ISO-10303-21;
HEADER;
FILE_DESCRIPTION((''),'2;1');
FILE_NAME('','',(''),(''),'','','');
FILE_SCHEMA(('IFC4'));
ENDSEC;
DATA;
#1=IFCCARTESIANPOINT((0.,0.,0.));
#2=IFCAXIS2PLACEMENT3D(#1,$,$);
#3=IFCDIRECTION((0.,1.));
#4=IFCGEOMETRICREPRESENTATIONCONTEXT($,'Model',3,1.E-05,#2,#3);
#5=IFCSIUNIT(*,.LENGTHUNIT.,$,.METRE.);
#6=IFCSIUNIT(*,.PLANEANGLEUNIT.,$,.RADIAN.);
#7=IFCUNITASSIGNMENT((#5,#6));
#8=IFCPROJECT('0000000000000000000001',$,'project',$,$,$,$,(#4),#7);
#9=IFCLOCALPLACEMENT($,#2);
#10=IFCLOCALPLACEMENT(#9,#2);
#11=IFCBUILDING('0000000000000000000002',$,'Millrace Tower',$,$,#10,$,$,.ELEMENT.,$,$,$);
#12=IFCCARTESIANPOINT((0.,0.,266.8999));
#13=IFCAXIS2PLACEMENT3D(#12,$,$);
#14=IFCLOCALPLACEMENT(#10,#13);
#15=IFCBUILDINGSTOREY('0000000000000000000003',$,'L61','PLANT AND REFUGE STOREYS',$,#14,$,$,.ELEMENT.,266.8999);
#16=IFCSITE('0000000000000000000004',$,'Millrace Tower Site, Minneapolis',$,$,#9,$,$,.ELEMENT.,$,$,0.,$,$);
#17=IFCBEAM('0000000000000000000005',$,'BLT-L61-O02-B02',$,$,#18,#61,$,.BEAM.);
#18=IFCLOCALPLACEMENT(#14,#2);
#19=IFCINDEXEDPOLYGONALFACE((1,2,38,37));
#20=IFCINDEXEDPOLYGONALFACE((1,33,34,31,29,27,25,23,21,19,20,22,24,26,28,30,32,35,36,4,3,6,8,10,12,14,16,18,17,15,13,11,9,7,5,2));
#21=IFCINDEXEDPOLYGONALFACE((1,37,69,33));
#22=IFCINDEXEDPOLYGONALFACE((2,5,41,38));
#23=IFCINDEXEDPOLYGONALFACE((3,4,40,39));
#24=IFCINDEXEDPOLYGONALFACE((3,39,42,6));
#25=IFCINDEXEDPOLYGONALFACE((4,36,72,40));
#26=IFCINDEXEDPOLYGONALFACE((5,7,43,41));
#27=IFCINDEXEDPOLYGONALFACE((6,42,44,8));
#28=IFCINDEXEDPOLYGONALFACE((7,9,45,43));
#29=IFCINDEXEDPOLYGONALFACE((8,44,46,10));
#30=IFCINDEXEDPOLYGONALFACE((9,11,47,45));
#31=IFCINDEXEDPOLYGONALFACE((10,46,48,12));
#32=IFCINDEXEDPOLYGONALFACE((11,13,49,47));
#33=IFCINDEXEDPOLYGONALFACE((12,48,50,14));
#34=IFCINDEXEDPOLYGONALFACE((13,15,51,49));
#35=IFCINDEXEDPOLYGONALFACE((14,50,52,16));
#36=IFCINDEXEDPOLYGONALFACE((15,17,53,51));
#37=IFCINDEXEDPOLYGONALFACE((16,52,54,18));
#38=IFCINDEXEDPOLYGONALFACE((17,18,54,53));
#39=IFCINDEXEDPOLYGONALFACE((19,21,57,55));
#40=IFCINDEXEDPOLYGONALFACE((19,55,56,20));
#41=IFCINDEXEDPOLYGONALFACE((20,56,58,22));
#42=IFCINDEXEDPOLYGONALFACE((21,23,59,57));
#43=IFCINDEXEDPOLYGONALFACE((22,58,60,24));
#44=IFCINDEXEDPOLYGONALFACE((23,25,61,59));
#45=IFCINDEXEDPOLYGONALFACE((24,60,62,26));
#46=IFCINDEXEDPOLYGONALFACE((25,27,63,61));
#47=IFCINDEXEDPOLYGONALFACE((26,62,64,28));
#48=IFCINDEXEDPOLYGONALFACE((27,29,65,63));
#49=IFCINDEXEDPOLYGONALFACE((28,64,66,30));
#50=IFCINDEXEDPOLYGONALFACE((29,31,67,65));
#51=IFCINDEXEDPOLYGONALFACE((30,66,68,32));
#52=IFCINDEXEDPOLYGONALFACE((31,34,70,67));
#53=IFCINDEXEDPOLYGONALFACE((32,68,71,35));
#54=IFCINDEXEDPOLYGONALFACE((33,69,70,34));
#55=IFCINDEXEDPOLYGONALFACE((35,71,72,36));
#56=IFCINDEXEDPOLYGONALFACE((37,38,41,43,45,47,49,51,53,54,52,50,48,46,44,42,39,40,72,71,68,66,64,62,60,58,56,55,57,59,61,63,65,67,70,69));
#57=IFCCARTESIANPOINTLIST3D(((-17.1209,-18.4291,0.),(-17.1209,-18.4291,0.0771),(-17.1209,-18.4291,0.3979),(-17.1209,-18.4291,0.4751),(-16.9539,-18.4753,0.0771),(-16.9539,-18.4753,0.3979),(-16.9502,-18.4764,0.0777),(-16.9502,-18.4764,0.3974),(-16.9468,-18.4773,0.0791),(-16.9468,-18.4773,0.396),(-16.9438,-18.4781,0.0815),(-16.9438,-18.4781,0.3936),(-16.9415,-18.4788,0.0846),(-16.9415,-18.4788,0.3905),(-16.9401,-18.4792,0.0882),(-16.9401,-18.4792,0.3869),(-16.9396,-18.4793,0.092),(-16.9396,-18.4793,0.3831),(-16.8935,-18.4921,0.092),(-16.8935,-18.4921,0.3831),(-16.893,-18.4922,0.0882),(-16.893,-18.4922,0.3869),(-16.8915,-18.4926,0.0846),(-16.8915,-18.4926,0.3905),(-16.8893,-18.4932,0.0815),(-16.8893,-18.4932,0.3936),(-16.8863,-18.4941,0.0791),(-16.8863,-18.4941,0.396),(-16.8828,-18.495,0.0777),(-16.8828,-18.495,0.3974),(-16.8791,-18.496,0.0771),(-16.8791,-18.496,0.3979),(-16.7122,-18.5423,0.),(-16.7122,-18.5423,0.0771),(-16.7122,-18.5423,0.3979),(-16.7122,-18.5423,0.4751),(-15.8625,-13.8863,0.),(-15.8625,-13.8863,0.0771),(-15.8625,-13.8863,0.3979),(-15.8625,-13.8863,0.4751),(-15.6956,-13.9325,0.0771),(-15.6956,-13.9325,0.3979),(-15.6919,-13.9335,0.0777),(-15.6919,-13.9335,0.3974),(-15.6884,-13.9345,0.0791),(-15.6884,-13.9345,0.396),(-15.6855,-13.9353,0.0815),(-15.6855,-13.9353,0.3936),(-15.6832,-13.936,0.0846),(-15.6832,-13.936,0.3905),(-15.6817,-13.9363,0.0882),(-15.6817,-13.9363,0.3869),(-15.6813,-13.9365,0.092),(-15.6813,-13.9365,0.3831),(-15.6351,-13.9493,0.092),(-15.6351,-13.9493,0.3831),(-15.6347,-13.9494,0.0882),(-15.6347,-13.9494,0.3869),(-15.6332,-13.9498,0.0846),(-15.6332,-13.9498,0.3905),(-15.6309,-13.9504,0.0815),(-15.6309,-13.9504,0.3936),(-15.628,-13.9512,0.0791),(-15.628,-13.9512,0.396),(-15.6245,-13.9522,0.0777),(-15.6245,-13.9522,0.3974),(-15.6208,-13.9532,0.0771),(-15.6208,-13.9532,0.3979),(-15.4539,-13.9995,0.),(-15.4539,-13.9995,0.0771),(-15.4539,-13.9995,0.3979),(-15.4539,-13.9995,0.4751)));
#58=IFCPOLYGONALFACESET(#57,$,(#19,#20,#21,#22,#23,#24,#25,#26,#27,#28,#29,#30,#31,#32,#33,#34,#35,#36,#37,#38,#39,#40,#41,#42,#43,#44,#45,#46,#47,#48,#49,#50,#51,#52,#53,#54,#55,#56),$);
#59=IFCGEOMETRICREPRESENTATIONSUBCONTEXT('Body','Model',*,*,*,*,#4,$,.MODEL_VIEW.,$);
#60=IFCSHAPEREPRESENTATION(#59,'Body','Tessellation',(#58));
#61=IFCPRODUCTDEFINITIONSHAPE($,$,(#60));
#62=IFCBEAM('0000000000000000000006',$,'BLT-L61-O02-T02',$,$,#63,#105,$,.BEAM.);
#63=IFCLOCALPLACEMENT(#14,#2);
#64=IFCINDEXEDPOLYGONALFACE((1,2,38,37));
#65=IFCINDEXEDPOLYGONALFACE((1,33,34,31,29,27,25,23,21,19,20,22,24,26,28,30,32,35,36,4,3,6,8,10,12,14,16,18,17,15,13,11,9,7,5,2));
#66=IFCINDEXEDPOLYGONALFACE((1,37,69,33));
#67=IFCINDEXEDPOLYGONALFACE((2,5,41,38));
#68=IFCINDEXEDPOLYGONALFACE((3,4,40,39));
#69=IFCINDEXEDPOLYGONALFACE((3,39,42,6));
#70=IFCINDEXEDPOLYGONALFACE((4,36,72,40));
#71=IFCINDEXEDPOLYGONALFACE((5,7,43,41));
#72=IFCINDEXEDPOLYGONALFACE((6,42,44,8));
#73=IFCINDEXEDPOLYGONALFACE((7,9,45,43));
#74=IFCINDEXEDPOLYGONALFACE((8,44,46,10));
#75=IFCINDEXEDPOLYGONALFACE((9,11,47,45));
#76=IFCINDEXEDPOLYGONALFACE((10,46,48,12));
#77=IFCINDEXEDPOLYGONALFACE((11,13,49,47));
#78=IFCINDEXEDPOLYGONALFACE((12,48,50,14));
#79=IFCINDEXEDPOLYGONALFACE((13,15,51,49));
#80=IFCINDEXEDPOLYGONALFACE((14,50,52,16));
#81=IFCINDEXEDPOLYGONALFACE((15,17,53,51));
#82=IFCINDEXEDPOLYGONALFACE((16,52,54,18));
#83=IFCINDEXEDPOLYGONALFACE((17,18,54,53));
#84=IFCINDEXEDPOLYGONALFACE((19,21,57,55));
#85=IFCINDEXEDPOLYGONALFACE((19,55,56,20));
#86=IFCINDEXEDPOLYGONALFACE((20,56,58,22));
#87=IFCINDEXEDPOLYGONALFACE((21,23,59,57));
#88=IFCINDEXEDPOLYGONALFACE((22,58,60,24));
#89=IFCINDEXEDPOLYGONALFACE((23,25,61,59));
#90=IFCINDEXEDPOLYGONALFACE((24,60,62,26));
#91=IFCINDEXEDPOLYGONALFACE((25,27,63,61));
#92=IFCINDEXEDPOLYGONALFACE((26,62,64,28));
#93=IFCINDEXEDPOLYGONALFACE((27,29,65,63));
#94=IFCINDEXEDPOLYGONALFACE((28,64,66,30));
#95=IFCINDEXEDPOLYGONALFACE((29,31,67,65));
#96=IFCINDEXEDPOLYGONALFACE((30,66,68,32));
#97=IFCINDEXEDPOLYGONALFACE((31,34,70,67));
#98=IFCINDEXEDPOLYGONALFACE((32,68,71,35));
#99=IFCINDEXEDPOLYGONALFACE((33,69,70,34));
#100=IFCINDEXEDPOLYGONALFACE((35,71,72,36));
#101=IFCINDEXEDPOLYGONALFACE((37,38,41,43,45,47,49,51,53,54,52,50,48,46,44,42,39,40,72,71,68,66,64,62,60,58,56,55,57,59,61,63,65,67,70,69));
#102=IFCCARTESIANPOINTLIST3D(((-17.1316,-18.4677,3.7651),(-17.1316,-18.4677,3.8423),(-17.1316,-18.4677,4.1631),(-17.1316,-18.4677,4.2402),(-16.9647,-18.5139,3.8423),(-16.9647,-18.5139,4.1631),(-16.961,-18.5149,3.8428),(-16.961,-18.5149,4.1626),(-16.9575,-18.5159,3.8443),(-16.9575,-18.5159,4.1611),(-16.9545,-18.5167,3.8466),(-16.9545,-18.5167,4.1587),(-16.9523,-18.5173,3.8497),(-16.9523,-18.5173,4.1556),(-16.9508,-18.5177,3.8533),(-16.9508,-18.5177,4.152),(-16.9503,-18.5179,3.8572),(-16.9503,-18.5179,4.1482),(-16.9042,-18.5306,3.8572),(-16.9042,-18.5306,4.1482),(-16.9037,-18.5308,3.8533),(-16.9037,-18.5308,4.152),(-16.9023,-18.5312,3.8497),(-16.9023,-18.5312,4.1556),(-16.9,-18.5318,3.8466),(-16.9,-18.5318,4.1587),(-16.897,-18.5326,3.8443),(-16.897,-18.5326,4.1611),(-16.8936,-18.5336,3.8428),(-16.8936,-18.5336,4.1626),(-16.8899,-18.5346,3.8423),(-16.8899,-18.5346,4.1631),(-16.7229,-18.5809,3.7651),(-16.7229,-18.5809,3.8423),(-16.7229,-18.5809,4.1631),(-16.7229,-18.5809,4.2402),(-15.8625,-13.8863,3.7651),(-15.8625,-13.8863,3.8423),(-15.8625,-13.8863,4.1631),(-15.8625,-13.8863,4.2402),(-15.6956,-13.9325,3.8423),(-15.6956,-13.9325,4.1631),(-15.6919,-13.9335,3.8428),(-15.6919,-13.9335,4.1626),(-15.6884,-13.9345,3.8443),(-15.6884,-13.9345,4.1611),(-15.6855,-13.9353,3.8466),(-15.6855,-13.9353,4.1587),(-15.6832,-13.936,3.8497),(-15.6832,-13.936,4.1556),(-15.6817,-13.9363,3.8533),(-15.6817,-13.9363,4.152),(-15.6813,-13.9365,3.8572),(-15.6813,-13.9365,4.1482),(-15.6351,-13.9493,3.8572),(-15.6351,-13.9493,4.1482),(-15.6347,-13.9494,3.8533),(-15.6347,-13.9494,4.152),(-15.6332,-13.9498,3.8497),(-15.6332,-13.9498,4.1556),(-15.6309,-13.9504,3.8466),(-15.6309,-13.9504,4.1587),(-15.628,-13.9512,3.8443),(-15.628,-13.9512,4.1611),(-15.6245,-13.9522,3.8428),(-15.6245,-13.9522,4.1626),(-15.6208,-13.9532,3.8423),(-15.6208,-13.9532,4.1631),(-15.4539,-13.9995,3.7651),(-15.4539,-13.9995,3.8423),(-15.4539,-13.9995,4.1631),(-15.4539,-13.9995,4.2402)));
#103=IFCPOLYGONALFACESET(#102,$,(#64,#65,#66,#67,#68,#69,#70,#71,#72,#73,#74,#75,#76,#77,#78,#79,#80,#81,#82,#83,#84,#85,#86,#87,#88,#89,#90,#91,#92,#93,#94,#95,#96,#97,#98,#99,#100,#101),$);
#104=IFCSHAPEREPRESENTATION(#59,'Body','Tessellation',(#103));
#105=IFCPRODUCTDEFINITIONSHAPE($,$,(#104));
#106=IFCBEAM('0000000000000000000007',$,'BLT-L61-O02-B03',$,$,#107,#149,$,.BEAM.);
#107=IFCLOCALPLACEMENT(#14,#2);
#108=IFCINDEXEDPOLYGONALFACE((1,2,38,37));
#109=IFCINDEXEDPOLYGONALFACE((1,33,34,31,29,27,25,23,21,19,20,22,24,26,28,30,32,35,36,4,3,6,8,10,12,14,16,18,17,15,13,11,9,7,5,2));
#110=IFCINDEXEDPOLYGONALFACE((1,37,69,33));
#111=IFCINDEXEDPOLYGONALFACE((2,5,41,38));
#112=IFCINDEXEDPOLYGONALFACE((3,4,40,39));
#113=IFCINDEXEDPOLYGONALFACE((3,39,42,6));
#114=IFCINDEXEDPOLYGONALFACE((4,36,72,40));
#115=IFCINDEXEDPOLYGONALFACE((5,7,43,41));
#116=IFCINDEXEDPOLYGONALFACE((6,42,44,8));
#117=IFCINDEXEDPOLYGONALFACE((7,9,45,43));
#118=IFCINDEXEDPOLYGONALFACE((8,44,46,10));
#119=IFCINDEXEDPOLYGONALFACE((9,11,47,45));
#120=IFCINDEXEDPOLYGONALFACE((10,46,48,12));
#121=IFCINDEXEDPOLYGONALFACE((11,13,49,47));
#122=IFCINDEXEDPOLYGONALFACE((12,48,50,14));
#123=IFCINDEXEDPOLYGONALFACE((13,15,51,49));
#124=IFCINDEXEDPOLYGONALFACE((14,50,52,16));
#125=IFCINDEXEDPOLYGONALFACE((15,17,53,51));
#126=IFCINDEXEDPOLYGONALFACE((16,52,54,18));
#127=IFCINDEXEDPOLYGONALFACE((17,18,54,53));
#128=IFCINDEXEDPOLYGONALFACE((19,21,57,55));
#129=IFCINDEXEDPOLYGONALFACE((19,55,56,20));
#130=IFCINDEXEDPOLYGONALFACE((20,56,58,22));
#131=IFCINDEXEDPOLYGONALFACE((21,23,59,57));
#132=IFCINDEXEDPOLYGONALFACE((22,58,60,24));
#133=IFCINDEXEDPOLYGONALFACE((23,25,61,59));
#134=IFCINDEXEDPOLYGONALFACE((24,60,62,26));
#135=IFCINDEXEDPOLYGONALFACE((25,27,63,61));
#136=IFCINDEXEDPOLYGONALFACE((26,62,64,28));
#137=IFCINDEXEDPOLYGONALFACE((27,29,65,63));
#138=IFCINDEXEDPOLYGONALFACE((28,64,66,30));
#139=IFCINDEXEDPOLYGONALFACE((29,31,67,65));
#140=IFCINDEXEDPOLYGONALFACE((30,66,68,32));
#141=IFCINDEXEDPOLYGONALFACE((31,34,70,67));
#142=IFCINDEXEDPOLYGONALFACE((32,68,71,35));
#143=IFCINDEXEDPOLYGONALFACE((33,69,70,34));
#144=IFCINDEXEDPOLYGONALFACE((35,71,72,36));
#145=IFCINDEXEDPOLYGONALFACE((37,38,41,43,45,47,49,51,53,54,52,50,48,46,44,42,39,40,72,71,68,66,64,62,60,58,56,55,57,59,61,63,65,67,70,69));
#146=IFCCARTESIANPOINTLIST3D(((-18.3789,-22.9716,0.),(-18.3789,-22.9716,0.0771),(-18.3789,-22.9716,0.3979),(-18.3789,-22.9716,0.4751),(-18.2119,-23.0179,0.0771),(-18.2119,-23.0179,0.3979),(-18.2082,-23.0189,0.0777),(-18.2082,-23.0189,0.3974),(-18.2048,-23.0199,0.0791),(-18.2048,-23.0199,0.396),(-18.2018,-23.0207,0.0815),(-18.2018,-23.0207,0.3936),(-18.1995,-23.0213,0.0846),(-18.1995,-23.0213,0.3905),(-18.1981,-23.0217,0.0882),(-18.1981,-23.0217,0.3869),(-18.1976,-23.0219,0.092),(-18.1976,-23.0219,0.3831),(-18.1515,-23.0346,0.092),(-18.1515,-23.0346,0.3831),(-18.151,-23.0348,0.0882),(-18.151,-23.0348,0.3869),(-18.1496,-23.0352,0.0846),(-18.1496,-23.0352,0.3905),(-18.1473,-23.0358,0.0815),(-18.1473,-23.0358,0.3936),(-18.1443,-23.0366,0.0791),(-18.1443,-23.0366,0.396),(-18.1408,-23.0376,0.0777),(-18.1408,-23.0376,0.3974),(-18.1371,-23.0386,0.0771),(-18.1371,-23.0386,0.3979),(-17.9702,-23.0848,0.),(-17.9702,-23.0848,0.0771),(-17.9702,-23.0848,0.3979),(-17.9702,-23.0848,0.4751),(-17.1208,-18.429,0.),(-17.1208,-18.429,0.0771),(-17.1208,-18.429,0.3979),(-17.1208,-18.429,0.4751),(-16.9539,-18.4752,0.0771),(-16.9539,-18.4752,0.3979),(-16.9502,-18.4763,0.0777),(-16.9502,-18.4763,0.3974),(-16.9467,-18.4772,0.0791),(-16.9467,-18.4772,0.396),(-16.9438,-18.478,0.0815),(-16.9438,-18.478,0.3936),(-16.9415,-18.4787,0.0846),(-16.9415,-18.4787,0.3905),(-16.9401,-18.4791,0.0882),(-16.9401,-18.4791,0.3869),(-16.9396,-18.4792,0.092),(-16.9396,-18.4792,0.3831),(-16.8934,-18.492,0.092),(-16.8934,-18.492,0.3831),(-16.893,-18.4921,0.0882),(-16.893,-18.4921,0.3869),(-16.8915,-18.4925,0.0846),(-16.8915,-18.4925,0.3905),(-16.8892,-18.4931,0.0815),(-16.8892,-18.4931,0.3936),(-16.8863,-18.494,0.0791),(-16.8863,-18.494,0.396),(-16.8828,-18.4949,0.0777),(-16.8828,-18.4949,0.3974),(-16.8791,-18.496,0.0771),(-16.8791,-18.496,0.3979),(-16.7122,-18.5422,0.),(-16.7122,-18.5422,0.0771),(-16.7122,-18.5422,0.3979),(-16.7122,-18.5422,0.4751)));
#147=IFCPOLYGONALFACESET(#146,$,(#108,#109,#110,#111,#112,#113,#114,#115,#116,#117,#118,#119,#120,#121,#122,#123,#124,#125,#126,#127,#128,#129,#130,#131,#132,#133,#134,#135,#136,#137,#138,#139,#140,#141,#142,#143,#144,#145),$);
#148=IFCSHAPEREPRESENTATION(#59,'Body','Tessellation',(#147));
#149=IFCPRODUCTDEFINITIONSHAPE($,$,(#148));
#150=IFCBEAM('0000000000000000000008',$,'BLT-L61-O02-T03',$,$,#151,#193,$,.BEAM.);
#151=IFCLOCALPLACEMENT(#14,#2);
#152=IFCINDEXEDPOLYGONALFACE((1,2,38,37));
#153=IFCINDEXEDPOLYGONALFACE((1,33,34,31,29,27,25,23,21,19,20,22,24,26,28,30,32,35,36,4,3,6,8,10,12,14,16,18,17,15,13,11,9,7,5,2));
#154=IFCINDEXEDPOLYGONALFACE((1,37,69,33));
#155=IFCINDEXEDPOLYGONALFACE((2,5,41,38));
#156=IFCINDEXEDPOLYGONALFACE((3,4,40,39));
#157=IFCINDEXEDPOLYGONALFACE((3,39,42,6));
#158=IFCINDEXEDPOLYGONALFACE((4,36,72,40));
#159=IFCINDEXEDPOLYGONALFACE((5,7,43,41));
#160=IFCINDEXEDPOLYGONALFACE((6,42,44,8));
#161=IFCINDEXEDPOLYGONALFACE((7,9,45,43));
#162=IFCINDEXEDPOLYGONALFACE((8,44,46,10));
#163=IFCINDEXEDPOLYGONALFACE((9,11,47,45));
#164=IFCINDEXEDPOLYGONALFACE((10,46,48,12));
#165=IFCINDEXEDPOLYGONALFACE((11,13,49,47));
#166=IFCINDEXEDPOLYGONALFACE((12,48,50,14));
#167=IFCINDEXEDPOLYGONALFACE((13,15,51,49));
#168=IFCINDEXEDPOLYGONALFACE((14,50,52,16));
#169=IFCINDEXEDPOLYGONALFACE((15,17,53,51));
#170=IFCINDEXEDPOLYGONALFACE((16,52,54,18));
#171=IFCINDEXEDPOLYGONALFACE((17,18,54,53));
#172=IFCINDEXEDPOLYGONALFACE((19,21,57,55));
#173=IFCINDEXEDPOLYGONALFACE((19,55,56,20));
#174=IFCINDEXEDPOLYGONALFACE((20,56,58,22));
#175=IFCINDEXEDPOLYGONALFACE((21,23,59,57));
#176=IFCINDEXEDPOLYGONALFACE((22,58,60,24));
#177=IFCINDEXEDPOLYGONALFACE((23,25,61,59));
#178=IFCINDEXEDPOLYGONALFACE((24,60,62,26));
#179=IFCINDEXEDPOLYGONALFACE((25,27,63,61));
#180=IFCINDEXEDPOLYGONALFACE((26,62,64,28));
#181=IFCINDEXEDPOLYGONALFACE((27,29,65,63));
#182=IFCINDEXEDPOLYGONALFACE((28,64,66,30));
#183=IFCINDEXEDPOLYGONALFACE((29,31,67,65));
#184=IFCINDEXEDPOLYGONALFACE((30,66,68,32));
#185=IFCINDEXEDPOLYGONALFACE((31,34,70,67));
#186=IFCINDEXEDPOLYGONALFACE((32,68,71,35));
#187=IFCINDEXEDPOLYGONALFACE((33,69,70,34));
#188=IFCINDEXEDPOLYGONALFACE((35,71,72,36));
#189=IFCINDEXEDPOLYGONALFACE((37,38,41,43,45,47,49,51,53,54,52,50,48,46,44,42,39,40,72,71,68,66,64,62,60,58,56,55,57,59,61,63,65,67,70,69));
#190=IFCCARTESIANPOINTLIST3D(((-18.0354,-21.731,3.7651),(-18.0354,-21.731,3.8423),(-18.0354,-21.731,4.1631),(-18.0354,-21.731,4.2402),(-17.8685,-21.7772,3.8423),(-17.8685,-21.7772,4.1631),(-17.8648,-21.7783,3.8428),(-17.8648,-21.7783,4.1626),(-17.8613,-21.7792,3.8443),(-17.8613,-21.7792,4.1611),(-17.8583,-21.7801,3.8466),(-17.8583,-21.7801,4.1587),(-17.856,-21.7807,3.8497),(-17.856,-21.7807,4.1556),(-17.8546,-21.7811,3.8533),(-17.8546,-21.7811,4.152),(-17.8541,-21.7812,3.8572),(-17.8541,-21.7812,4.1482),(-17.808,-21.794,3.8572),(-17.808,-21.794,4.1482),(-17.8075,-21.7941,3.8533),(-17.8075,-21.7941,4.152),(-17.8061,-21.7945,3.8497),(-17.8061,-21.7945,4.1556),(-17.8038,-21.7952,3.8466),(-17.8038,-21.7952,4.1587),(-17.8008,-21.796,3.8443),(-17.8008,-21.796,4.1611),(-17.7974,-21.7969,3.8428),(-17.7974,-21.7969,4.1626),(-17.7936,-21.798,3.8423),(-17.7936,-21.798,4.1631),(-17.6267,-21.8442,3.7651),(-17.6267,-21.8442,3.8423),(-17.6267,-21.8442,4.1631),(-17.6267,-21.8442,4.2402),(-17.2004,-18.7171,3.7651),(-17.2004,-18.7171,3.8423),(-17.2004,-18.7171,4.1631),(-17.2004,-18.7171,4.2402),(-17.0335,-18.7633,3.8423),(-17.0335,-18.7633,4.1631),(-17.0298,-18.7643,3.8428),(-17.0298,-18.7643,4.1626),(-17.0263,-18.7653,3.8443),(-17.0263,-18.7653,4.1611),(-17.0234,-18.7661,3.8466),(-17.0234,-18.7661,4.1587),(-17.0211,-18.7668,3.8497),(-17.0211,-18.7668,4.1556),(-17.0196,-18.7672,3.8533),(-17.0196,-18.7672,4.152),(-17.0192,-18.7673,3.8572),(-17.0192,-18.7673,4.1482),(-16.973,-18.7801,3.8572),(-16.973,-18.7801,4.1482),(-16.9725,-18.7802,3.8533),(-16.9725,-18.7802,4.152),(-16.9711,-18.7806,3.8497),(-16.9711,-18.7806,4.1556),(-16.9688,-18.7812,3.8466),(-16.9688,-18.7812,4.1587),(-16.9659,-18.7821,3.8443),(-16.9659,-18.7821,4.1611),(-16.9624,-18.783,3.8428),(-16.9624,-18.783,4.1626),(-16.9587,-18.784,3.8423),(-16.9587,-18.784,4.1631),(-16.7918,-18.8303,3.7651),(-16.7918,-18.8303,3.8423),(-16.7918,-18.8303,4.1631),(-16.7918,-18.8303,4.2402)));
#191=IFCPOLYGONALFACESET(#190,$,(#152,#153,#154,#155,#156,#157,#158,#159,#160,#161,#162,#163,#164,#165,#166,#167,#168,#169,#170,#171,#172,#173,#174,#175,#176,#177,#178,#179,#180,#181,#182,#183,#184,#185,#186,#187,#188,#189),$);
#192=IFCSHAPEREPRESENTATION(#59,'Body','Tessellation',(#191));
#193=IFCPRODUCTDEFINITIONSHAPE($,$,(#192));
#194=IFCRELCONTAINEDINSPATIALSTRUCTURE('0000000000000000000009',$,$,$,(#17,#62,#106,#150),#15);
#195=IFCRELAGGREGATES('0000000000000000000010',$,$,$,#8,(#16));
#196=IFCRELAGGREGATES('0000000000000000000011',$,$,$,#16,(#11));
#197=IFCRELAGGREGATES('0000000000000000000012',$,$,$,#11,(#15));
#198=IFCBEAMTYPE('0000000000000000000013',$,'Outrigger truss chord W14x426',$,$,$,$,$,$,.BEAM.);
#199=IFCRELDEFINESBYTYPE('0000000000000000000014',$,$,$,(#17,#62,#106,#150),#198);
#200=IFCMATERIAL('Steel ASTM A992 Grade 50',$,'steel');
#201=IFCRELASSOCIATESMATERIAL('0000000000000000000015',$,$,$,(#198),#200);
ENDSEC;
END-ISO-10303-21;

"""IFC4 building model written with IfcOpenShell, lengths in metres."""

from ifc_helpers import new_model, si_unit, direction, frame, origin, origin_2d, place, context, subcontext, project, spatial, i_section, extrude, material, material_profile, profile_set, type_object, element, save


model = new_model("IFC4")

# Units and contexts
model_context = context("Model", 3, precision=1e-05, world=origin(), true_north=direction((0.0, 1.0)))
body_context = subcontext(model_context, "Body", "Model", "MODEL_VIEW")
ifc_project = project(units=[si_unit("LENGTHUNIT", "METRE"), si_unit("PLANEANGLEUNIT", "RADIAN")], contexts=[model_context])

# Site, building, storey
site_placement = place(None, origin())
site = spatial("IfcSite", under=ifc_project, at=site_placement, Name="Millrace Tower Site, Minneapolis", CompositionType="ELEMENT", RefElevation=0.0)
building_placement = place(site_placement, origin())
building = spatial("IfcBuilding", under=site, at=building_placement, Name="Millrace Tower", CompositionType="ELEMENT")
storey_placement = place(building_placement, frame((0.0, 0.0, 266.8999)))
storey = spatial("IfcBuildingStorey", under=building, at=storey_placement, Name="L61", Description="PLANT AND REFUGE STOREYS", CompositionType="ELEMENT", Elevation=266.8999)

# Beams
ifc_material_1 = material(Name="Steel ASTM A992 Grade 50", Category="steel")
ifc_material_profile_1 = material_profile(ifc_material_1, i_section(OverallWidth=0.4241, OverallDepth=0.4751, WebThickness=0.0479, FlangeThickness=0.0771, FilletRadius=0.0149, at=origin_2d()))
ifc_profile_set_1 = profile_set([ifc_material_profile_1], Name="Steel ASTM A992 Grade 50")
beam_type_1 = type_object("IfcBeamType", Name="Outrigger truss chord W14x426", PredefinedType="BEAM", material=ifc_profile_set_1)
beam_1_placement = place(storey_placement, frame((-15.6582, -13.9429, 0.2375), z_axis=(-0.266941, -0.963713, 0.0), x_axis=(0.963713, -0.266941, 0.0)))
element("IfcBeam", 1, at=beam_1_placement, inside=storey, type_object=beam_type_1, Name="BLT-L61-O02-B02", PredefinedType="BEAM", context=body_context, shape_type="SweptSolid", body=[
    extrude(i_section(OverallWidth=0.4241, OverallDepth=0.4751, WebThickness=0.0479, FlangeThickness=0.0771, FilletRadius=0.0149, at=origin_2d()), origin(), (0.0, 0.0, 1.0), 4.7139),
])
beam_2_placement = place(storey_placement, frame((-15.6582, -13.9429, 4.0027), z_axis=(-0.266952, -0.96371, 0.0), x_axis=(0.96371, -0.266952, 0.0)))
element("IfcBeam", 2, at=beam_2_placement, inside=storey, type_object=beam_type_1, Name="BLT-L61-O02-T02", PredefinedType="BEAM", context=body_context, shape_type="SweptSolid", body=[
    extrude(i_section(OverallWidth=0.4241, OverallDepth=0.4751, WebThickness=0.0479, FlangeThickness=0.0771, FilletRadius=0.0149, at=origin_2d()), origin(), (0.0, 0.0, 1.0), 4.7539),
])
beam_3_placement = place(storey_placement, frame((-16.9165, -18.4856, 0.2375), z_axis=(-0.266893, -0.963726, 0.0), x_axis=(0.963726, -0.266893, 0.0)))
element("IfcBeam", 3, at=beam_3_placement, inside=storey, type_object=beam_type_1, Name="BLT-L61-O02-B03", PredefinedType="BEAM", context=body_context, shape_type="SweptSolid", body=[
    extrude(i_section(OverallWidth=0.4241, OverallDepth=0.4751, WebThickness=0.0479, FlangeThickness=0.0771, FilletRadius=0.0149, at=origin_2d()), origin(), (0.0, 0.0, 1.0), 4.7136),
])
beam_4_placement = place(storey_placement, frame((-16.9961, -18.7737, 4.0027), z_axis=(-0.266979, -0.963702, 0.0), x_axis=(0.963702, -0.266979, 0.0)))
element("IfcBeam", 4, at=beam_4_placement, inside=storey, type_object=beam_type_1, Name="BLT-L61-O02-T03", PredefinedType="BEAM", context=body_context, shape_type="SweptSolid", body=[
    extrude(i_section(OverallWidth=0.4241, OverallDepth=0.4751, WebThickness=0.0479, FlangeThickness=0.0771, FilletRadius=0.0149, at=origin_2d()), origin(), (0.0, 0.0, 1.0), 3.1274),
])

save(model, "model.ifc")
